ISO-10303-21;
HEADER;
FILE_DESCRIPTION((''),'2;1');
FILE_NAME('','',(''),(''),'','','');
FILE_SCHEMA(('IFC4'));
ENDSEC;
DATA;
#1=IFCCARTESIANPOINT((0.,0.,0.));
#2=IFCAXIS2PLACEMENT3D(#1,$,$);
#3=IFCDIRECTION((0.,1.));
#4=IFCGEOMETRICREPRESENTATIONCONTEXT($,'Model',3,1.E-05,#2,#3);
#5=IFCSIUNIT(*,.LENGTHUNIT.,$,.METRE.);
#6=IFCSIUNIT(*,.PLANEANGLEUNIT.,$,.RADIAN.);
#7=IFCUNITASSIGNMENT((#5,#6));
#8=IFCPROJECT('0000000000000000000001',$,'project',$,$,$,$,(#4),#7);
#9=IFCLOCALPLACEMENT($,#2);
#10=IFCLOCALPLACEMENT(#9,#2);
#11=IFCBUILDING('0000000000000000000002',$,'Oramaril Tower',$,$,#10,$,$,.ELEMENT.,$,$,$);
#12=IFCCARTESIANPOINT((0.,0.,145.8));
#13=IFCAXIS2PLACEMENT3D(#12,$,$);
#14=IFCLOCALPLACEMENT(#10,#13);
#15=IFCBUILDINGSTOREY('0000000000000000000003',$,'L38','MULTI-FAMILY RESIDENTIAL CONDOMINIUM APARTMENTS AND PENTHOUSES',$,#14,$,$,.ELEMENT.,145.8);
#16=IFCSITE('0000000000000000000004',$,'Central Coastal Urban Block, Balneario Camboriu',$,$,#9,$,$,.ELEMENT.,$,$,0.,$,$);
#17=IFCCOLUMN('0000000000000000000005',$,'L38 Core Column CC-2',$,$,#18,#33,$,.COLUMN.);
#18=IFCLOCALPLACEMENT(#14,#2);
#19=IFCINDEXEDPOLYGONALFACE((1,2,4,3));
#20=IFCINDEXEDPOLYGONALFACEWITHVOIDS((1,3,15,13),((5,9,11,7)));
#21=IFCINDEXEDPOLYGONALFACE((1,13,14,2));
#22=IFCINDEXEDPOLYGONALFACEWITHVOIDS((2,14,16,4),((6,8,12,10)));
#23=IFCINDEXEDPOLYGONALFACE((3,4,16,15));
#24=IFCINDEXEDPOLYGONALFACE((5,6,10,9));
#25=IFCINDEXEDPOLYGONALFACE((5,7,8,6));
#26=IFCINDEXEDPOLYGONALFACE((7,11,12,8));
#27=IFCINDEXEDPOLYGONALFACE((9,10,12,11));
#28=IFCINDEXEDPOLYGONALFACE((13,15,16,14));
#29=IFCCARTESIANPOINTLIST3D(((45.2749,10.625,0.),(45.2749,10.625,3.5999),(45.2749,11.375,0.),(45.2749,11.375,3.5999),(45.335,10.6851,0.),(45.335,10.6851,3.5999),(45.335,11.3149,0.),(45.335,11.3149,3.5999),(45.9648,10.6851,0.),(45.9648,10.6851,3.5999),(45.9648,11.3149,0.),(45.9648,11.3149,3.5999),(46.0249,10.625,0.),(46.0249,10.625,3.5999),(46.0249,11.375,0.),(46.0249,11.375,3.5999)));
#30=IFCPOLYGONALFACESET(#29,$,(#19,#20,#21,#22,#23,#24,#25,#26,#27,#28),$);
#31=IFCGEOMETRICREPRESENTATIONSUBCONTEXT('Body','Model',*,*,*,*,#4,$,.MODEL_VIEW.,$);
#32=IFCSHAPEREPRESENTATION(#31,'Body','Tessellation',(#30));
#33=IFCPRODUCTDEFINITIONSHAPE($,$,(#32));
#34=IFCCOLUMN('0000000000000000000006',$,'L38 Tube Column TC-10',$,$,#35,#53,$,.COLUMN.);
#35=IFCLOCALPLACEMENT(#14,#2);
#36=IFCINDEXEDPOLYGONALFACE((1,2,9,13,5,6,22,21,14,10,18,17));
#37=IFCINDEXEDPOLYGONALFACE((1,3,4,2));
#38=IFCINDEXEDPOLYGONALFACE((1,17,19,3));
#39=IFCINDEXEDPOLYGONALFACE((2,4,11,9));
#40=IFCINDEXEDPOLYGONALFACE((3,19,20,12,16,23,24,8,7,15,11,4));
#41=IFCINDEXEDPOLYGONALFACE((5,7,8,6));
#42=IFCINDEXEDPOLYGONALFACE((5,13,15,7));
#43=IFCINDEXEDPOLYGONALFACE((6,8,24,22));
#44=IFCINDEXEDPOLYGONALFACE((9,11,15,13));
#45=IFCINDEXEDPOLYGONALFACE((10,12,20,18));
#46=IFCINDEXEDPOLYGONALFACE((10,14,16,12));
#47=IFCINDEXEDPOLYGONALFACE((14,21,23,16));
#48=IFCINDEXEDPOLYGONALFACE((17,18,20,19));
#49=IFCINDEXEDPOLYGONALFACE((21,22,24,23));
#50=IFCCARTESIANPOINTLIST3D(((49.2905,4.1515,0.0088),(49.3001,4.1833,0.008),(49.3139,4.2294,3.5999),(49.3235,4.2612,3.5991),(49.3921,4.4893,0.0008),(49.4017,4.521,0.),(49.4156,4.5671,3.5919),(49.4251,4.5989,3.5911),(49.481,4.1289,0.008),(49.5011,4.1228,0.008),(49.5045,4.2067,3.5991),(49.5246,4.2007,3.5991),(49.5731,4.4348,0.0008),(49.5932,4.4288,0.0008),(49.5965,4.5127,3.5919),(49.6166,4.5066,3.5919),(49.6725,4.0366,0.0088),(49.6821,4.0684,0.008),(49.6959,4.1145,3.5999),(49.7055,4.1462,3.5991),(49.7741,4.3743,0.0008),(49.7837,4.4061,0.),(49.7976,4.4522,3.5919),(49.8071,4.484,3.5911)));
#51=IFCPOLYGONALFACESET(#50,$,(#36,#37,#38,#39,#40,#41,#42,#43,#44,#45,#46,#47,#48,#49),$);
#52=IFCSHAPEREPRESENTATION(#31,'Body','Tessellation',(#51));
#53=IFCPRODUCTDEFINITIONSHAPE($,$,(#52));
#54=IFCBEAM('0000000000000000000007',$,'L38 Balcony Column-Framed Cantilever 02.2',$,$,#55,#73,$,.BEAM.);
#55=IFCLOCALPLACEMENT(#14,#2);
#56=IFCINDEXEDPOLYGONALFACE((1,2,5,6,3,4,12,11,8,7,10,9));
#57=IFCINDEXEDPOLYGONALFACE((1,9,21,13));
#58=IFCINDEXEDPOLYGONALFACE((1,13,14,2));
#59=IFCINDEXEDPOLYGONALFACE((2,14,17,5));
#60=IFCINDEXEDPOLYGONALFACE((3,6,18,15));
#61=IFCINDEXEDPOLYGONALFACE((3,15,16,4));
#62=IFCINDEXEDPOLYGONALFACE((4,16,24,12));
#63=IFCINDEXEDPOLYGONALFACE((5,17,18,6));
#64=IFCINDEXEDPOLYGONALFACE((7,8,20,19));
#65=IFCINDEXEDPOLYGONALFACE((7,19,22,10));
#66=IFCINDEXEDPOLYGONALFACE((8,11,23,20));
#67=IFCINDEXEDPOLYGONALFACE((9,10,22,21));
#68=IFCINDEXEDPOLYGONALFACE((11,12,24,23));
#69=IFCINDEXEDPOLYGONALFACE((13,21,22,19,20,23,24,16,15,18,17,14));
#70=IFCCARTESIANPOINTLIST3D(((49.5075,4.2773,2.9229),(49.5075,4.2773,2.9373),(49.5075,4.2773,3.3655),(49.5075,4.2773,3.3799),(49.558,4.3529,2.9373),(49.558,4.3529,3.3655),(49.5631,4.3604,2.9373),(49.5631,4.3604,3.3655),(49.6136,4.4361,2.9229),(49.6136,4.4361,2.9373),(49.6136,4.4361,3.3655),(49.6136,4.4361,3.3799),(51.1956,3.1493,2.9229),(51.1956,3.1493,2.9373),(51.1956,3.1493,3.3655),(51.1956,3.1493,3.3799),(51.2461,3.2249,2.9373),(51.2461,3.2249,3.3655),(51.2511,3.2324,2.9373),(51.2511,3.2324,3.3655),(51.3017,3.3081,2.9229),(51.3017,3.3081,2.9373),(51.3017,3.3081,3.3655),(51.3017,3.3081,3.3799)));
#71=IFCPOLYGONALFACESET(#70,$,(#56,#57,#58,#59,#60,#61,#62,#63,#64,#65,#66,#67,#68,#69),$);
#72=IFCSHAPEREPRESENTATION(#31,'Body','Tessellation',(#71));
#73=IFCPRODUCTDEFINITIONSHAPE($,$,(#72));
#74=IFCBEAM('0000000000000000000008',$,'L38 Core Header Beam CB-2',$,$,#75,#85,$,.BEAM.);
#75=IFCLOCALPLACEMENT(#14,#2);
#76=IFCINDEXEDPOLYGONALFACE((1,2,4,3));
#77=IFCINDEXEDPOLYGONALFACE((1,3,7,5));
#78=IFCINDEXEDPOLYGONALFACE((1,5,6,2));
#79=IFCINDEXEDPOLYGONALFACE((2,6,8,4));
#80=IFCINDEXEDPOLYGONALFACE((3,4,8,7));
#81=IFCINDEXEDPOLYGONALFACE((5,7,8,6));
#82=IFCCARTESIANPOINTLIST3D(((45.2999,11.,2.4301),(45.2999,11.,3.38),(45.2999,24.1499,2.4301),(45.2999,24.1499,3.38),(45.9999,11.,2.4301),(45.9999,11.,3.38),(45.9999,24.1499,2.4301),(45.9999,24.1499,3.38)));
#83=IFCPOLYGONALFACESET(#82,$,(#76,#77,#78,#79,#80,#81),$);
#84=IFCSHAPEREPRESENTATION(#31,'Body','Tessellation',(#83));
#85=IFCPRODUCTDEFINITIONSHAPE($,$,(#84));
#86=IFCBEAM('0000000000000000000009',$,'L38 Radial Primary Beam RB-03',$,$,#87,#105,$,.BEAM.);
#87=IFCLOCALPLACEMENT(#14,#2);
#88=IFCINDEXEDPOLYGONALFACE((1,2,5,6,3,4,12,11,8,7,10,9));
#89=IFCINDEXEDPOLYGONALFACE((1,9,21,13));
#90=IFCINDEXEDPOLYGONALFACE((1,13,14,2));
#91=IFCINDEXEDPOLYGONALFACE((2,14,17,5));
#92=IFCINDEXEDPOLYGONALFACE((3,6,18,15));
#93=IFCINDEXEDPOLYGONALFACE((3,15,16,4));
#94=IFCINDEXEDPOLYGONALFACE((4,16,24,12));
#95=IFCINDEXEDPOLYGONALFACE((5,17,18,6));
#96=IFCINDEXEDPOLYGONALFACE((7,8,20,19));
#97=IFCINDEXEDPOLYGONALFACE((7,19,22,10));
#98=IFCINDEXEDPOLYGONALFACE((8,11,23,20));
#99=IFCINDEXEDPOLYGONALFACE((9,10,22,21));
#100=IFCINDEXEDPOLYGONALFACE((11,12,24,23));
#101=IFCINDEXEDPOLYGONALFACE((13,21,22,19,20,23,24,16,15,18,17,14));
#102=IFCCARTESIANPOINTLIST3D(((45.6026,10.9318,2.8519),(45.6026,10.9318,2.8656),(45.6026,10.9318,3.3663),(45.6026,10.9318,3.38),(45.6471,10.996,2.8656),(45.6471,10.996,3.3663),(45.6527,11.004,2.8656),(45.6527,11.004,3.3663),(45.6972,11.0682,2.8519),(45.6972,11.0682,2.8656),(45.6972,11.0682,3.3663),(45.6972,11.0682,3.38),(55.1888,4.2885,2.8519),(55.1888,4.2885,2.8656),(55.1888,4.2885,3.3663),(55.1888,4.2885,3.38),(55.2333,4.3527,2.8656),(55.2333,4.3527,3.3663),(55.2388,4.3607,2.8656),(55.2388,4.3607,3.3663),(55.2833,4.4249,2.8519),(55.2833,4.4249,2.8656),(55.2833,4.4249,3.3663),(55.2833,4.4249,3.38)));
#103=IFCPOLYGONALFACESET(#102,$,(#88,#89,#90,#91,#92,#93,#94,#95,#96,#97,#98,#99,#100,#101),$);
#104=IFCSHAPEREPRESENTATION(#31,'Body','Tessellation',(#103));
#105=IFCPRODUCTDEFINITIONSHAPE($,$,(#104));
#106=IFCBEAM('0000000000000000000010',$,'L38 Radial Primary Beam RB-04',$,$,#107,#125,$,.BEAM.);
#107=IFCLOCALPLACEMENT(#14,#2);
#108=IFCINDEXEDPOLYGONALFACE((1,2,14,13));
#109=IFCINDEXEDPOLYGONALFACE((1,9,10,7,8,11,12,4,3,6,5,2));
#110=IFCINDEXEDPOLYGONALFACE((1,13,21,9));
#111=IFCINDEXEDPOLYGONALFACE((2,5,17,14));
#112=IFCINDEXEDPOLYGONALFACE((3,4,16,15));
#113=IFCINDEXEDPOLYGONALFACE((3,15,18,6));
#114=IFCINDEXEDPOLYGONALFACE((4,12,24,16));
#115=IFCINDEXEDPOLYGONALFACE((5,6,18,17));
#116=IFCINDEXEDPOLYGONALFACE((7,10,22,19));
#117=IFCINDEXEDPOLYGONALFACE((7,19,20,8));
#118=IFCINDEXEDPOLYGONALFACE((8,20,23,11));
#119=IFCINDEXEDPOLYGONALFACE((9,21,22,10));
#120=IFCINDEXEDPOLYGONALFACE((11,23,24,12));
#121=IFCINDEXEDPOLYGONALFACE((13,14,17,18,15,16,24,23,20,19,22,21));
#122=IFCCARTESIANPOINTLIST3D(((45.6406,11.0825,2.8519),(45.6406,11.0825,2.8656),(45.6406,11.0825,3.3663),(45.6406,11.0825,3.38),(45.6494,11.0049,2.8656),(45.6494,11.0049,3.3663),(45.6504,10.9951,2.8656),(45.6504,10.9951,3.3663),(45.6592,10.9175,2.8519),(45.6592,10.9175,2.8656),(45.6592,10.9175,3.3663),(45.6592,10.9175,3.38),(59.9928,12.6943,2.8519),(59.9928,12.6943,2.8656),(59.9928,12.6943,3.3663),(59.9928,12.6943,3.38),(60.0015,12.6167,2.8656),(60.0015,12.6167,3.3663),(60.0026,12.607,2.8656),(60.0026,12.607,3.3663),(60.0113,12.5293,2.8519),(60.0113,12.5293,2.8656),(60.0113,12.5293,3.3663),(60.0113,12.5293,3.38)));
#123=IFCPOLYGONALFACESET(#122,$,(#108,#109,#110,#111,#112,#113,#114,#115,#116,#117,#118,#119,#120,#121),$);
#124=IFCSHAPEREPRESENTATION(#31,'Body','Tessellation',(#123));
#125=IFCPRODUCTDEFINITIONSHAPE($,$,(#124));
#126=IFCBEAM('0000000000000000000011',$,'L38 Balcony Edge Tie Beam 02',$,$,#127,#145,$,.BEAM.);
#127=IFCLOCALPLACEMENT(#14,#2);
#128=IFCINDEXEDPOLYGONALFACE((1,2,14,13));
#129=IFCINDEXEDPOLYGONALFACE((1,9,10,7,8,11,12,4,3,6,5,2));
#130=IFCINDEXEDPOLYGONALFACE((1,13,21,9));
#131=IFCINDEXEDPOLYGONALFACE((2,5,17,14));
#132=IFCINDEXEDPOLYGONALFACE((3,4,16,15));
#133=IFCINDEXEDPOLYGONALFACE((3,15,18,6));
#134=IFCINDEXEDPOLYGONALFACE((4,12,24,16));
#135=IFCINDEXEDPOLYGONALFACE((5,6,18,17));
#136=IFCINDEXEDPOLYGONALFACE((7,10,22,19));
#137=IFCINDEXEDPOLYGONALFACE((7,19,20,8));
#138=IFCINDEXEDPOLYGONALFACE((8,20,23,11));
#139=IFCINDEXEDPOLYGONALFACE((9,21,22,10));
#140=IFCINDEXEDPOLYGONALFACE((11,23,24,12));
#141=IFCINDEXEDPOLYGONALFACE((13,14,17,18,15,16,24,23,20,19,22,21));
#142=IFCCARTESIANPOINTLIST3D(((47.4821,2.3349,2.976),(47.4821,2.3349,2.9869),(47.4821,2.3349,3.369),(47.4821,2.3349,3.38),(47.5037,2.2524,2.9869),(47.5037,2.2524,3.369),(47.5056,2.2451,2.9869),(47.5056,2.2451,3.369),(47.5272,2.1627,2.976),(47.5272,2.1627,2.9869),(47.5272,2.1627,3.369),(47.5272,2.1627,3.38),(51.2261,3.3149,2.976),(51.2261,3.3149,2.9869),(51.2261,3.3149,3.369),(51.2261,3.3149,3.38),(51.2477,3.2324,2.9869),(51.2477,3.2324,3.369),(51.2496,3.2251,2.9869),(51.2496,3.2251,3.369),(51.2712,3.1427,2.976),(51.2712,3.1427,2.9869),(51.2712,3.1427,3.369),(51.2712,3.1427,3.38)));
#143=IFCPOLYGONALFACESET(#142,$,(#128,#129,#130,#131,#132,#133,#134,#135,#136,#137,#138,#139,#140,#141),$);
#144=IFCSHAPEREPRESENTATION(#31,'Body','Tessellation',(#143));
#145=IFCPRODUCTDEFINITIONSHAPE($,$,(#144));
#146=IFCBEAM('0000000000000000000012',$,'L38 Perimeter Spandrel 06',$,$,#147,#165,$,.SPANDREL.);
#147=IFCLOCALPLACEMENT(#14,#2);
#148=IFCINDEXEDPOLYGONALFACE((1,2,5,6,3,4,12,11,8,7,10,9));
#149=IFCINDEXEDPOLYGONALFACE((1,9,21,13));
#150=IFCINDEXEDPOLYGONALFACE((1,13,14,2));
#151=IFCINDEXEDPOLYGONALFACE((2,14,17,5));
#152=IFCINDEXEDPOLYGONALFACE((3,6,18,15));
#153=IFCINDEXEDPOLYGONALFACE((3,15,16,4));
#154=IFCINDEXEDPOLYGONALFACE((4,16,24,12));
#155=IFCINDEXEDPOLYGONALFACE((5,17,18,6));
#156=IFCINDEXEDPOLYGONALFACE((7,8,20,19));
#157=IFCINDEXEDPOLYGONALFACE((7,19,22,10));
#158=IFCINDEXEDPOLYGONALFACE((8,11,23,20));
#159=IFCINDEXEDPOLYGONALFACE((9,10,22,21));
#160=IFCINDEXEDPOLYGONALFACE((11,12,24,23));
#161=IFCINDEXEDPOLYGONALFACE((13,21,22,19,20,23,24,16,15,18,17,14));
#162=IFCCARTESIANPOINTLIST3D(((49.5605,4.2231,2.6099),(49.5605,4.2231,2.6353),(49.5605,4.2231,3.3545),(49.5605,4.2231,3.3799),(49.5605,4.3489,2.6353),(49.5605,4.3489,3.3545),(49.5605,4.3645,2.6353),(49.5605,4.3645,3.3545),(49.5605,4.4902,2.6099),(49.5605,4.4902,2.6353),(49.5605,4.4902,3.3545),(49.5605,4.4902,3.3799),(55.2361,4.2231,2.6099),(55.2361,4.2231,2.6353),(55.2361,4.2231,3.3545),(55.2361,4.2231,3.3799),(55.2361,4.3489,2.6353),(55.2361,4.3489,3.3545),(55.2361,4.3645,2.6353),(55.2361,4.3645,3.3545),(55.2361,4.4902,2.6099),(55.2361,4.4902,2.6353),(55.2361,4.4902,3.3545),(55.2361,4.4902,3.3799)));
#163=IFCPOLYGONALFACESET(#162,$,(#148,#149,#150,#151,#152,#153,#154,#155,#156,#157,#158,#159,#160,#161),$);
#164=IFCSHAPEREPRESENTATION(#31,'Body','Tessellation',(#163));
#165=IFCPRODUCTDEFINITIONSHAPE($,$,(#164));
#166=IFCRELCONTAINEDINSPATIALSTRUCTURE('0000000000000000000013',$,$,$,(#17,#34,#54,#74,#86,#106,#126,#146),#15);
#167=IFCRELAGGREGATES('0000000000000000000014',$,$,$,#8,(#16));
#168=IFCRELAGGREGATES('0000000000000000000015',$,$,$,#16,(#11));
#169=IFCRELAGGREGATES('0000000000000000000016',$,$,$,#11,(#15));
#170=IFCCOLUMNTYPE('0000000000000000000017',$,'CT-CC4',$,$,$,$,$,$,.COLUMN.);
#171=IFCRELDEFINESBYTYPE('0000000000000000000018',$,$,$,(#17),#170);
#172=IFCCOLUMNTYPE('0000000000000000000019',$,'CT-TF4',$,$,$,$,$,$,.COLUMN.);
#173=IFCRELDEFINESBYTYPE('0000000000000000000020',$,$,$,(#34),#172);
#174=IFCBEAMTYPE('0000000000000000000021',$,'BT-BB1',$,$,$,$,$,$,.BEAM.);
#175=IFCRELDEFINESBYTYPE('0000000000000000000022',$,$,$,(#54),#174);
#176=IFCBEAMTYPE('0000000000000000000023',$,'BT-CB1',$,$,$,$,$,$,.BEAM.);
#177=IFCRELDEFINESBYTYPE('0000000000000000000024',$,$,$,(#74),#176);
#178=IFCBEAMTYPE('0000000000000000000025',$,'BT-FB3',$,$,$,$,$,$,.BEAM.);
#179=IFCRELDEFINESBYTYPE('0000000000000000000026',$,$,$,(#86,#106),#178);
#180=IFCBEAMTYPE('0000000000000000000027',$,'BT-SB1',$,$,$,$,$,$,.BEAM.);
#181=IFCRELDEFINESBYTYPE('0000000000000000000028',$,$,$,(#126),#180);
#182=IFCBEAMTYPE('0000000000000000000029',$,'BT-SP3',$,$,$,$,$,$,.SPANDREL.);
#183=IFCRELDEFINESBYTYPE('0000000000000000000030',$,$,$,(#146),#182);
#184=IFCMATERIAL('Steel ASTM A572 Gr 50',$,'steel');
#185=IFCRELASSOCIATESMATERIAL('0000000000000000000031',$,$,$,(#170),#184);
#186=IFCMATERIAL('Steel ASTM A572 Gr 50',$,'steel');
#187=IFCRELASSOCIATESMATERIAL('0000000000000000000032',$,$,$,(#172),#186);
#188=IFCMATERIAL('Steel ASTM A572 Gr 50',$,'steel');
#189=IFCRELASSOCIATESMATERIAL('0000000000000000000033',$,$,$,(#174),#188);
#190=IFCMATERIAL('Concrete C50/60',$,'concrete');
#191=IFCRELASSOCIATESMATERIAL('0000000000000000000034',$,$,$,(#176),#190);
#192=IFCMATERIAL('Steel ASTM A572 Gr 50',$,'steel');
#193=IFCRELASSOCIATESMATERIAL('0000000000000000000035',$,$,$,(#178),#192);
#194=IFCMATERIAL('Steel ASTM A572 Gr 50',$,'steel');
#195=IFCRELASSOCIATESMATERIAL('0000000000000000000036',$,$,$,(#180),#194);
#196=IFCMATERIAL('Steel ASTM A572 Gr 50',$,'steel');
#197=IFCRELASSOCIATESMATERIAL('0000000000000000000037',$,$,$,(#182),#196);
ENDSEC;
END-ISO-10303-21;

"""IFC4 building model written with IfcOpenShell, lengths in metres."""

from ifc_helpers import new_model, si_unit, direction, frame, origin, origin_2d, place, context, subcontext, project, spatial, rectangle, hollow_rectangle, i_section, extrude, material, material_profile, profile_set, type_object, element, save


model = new_model("IFC4")

# Units and contexts
model_context = context("Model", 3, precision=1e-05, world=origin(), true_north=direction((0.0, 1.0)))
body_context = subcontext(model_context, "Body", "Model", "MODEL_VIEW")
ifc_project = project(units=[si_unit("LENGTHUNIT", "METRE"), si_unit("PLANEANGLEUNIT", "RADIAN")], contexts=[model_context])

# Site, building, storey
site_placement = place(None, origin())
site = spatial("IfcSite", under=ifc_project, at=site_placement, Name="Central Coastal Urban Block, Balneario Camboriu", CompositionType="ELEMENT", RefElevation=0.0)
building_placement = place(site_placement, origin())
building = spatial("IfcBuilding", under=site, at=building_placement, Name="Oramaril Tower", CompositionType="ELEMENT")
storey_placement = place(building_placement, frame((0.0, 0.0, 145.8)))
storey = spatial("IfcBuildingStorey", under=building, at=storey_placement, Name="L38", Description="MULTI-FAMILY RESIDENTIAL CONDOMINIUM APARTMENTS AND PENTHOUSES", CompositionType="ELEMENT", Elevation=145.8)

# Columns
ifc_material_1 = material(Name="Steel ASTM A572 Gr 50", Category="steel")
ifc_material_profile_1 = material_profile(ifc_material_1, hollow_rectangle(XDim=0.75, YDim=0.75, WallThickness=0.0601, at=origin_2d()), Name="BOX750X750X60")
ifc_profile_set_1 = profile_set([ifc_material_profile_1], Name="Steel ASTM A572 Gr 50")
column_type_1 = type_object("IfcColumnType", Name="CT-CC4", PredefinedType="COLUMN", material=ifc_profile_set_1)
column_1_placement = place(storey_placement, frame((45.6499, 11.0, 0.0), z_axis=(0.0, 0.0, 1.0), x_axis=(1.0, 0.0, 0.0)))
element("IfcColumn", 1, at=column_1_placement, inside=storey, type_object=column_type_1, Name="L38 Core Column CC-2", PredefinedType="COLUMN", context=body_context, shape_type="SweptSolid", body=[
    extrude(hollow_rectangle(XDim=0.75, YDim=0.75, WallThickness=0.0601, at=origin_2d()), origin(), (0.0, 0.0, 1.0), 3.5999),
])
ifc_material_2 = material(Name="Steel ASTM A572 Gr 50", Category="steel")
ifc_material_profile_2 = material_profile(ifc_material_2, i_section(OverallWidth=0.3989, OverallDepth=0.386, WebThickness=0.021, FlangeThickness=0.0332, at=origin_2d()), Name="W14X176")
ifc_profile_set_2 = profile_set([ifc_material_profile_2], Name="Steel ASTM A572 Gr 50")
column_type_2 = type_object("IfcColumnType", Name="CT-TF4", PredefinedType="COLUMN", material=ifc_profile_set_2)
column_2_placement = place(storey_placement, frame((49.5371, 4.2788, 0.0044), z_axis=(0.006525, 0.021682, 0.999744), x_axis=(-0.957578, 0.288174, 0.0)))
element("IfcColumn", 2, at=column_2_placement, inside=storey, type_object=column_type_2, Name="L38 Tube Column TC-10", PredefinedType="COLUMN", context=body_context, shape_type="SweptSolid", body=[
    extrude(i_section(OverallWidth=0.3989, OverallDepth=0.386, WebThickness=0.021, FlangeThickness=0.0332, at=origin_2d()), origin(), (0.0, 0.0, 1.0), 3.592),
])

# Beams
ifc_material_3 = material(Name="Steel ASTM A572 Gr 50", Category="steel")
ifc_material_profile_3 = material_profile(ifc_material_3, i_section(OverallWidth=0.1909, OverallDepth=0.457, WebThickness=0.009, FlangeThickness=0.0144, at=origin_2d()), Name="W18X50")
ifc_profile_set_3 = profile_set([ifc_material_profile_3], Name="Steel ASTM A572 Gr 50")
beam_type_1 = type_object("IfcBeamType", Name="BT-BB1", PredefinedType="BEAM", material=ifc_profile_set_3)
beam_1_placement = place(storey_placement, frame((49.5605, 4.3567, 3.1514), z_axis=(0.831458, -0.555588, 0.0), x_axis=(0.555588, 0.831458, 0.0)))
element("IfcBeam", 3, at=beam_1_placement, inside=storey, type_object=beam_type_1, Name="L38 Balcony Column-Framed Cantilever 02.2", PredefinedType="BEAM", context=body_context, shape_type="SweptSolid", body=[
    extrude(i_section(OverallWidth=0.1909, OverallDepth=0.457, WebThickness=0.009, FlangeThickness=0.0144, at=origin_2d()), origin(), (0.0, 0.0, 1.0), 2.0303),
])
ifc_material_4 = material(Name="Concrete C50/60", Category="concrete")
ifc_material_profile_4 = material_profile(ifc_material_4, rectangle(XDim=0.7, YDim=0.95, at=origin_2d()), Name="CB700X950")
ifc_profile_set_4 = profile_set([ifc_material_profile_4], Name="Concrete C50/60")
beam_type_2 = type_object("IfcBeamType", Name="BT-CB1", PredefinedType="BEAM", material=ifc_profile_set_4)
beam_2_placement = place(storey_placement, frame((45.6499, 11.0, 2.905), z_axis=(0.0, 1.0, 0.0), x_axis=(-1.0, 0.0, 0.0)))
element("IfcBeam", 4, at=beam_2_placement, inside=storey, type_object=beam_type_2, Name="L38 Core Header Beam CB-2", PredefinedType="BEAM", context=body_context, shape_type="SweptSolid", body=[
    extrude(rectangle(XDim=0.7, YDim=0.95, at=origin_2d()), origin(), (0.0, 0.0, 1.0), 13.1499),
])
ifc_material_5 = material(Name="Steel ASTM A572 Gr 50", Category="steel")
ifc_material_profile_5 = material_profile(ifc_material_5, i_section(OverallWidth=0.166, OverallDepth=0.5281, WebThickness=0.0098, FlangeThickness=0.0137, at=origin_2d()), Name="W21X50")
ifc_profile_set_5 = profile_set([ifc_material_profile_5], Name="Steel ASTM A572 Gr 50")
beam_type_3 = type_object("IfcBeamType", Name="BT-FB3", PredefinedType="BEAM", material=ifc_profile_set_5)
beam_3_placement = place(storey_placement, frame((45.6499, 11.0, 3.116), z_axis=(0.821922, -0.5696, 0.0), x_axis=(0.5696, 0.821922, 0.0)))
element("IfcBeam", 5, at=beam_3_placement, inside=storey, type_object=beam_type_3, Name="L38 Radial Primary Beam RB-03", PredefinedType="BEAM", context=body_context, shape_type="SweptSolid", body=[
    extrude(i_section(OverallWidth=0.166, OverallDepth=0.5281, WebThickness=0.0098, FlangeThickness=0.0137, at=origin_2d()), origin(), (0.0, 0.0, 1.0), 11.6631),
])
beam_4_placement = place(storey_placement, frame((45.6499, 11.0, 3.116), z_axis=(0.993753, 0.111604, 0.0), x_axis=(-0.111604, 0.993753, 0.0)))
element("IfcBeam", 6, at=beam_4_placement, inside=storey, type_object=beam_type_3, Name="L38 Radial Primary Beam RB-04", PredefinedType="BEAM", context=body_context, shape_type="SweptSolid", body=[
    extrude(i_section(OverallWidth=0.166, OverallDepth=0.5281, WebThickness=0.0098, FlangeThickness=0.0137, at=origin_2d()), origin(), (0.0, 0.0, 1.0), 14.4424),
])
ifc_material_6 = material(Name="Steel ASTM A572 Gr 50", Category="steel")
ifc_material_profile_6 = material_profile(ifc_material_6, i_section(OverallWidth=0.178, OverallDepth=0.4041, WebThickness=0.0076, FlangeThickness=0.011, at=origin_2d()), Name="W16X36")
ifc_profile_set_6 = profile_set([ifc_material_profile_6], Name="Steel ASTM A572 Gr 50")
beam_type_4 = type_object("IfcBeamType", Name="BT-SB1", PredefinedType="BEAM", material=ifc_profile_set_6)
beam_5_placement = place(storey_placement, frame((47.5046, 2.2488, 3.178), z_axis=(0.967408, 0.253223, 0.0), x_axis=(-0.253223, 0.967408, 0.0)))
element("IfcBeam", 7, at=beam_5_placement, inside=storey, type_object=beam_type_4, Name="L38 Balcony Edge Tie Beam 02", PredefinedType="BEAM", context=body_context, shape_type="SweptSolid", body=[
    extrude(i_section(OverallWidth=0.178, OverallDepth=0.4041, WebThickness=0.0076, FlangeThickness=0.011, at=origin_2d()), origin(), (0.0, 0.0, 1.0), 3.8701),
])
ifc_material_7 = material(Name="Steel ASTM A572 Gr 50", Category="steel")
ifc_material_profile_7 = material_profile(ifc_material_7, i_section(OverallWidth=0.2671, OverallDepth=0.77, WebThickness=0.0156, FlangeThickness=0.0254, at=origin_2d()), Name="W30X132")
ifc_profile_set_7 = profile_set([ifc_material_profile_7], Name="Steel ASTM A572 Gr 50")
beam_type_5 = type_object("IfcBeamType", Name="BT-SP3", PredefinedType="SPANDREL", material=ifc_profile_set_7)
beam_6_placement = place(storey_placement, frame((49.5605, 4.3567, 2.9949), z_axis=(1.0, 0.0, 0.0), x_axis=(0.0, 1.0, 0.0)))
element("IfcBeam", 8, at=beam_6_placement, inside=storey, type_object=beam_type_5, Name="L38 Perimeter Spandrel 06", PredefinedType="SPANDREL", context=body_context, shape_type="SweptSolid", body=[
    extrude(i_section(OverallWidth=0.2671, OverallDepth=0.77, WebThickness=0.0156, FlangeThickness=0.0254, at=origin_2d()), origin(), (0.0, 0.0, 1.0), 5.6755),
])

save(model, "model.ifc")
